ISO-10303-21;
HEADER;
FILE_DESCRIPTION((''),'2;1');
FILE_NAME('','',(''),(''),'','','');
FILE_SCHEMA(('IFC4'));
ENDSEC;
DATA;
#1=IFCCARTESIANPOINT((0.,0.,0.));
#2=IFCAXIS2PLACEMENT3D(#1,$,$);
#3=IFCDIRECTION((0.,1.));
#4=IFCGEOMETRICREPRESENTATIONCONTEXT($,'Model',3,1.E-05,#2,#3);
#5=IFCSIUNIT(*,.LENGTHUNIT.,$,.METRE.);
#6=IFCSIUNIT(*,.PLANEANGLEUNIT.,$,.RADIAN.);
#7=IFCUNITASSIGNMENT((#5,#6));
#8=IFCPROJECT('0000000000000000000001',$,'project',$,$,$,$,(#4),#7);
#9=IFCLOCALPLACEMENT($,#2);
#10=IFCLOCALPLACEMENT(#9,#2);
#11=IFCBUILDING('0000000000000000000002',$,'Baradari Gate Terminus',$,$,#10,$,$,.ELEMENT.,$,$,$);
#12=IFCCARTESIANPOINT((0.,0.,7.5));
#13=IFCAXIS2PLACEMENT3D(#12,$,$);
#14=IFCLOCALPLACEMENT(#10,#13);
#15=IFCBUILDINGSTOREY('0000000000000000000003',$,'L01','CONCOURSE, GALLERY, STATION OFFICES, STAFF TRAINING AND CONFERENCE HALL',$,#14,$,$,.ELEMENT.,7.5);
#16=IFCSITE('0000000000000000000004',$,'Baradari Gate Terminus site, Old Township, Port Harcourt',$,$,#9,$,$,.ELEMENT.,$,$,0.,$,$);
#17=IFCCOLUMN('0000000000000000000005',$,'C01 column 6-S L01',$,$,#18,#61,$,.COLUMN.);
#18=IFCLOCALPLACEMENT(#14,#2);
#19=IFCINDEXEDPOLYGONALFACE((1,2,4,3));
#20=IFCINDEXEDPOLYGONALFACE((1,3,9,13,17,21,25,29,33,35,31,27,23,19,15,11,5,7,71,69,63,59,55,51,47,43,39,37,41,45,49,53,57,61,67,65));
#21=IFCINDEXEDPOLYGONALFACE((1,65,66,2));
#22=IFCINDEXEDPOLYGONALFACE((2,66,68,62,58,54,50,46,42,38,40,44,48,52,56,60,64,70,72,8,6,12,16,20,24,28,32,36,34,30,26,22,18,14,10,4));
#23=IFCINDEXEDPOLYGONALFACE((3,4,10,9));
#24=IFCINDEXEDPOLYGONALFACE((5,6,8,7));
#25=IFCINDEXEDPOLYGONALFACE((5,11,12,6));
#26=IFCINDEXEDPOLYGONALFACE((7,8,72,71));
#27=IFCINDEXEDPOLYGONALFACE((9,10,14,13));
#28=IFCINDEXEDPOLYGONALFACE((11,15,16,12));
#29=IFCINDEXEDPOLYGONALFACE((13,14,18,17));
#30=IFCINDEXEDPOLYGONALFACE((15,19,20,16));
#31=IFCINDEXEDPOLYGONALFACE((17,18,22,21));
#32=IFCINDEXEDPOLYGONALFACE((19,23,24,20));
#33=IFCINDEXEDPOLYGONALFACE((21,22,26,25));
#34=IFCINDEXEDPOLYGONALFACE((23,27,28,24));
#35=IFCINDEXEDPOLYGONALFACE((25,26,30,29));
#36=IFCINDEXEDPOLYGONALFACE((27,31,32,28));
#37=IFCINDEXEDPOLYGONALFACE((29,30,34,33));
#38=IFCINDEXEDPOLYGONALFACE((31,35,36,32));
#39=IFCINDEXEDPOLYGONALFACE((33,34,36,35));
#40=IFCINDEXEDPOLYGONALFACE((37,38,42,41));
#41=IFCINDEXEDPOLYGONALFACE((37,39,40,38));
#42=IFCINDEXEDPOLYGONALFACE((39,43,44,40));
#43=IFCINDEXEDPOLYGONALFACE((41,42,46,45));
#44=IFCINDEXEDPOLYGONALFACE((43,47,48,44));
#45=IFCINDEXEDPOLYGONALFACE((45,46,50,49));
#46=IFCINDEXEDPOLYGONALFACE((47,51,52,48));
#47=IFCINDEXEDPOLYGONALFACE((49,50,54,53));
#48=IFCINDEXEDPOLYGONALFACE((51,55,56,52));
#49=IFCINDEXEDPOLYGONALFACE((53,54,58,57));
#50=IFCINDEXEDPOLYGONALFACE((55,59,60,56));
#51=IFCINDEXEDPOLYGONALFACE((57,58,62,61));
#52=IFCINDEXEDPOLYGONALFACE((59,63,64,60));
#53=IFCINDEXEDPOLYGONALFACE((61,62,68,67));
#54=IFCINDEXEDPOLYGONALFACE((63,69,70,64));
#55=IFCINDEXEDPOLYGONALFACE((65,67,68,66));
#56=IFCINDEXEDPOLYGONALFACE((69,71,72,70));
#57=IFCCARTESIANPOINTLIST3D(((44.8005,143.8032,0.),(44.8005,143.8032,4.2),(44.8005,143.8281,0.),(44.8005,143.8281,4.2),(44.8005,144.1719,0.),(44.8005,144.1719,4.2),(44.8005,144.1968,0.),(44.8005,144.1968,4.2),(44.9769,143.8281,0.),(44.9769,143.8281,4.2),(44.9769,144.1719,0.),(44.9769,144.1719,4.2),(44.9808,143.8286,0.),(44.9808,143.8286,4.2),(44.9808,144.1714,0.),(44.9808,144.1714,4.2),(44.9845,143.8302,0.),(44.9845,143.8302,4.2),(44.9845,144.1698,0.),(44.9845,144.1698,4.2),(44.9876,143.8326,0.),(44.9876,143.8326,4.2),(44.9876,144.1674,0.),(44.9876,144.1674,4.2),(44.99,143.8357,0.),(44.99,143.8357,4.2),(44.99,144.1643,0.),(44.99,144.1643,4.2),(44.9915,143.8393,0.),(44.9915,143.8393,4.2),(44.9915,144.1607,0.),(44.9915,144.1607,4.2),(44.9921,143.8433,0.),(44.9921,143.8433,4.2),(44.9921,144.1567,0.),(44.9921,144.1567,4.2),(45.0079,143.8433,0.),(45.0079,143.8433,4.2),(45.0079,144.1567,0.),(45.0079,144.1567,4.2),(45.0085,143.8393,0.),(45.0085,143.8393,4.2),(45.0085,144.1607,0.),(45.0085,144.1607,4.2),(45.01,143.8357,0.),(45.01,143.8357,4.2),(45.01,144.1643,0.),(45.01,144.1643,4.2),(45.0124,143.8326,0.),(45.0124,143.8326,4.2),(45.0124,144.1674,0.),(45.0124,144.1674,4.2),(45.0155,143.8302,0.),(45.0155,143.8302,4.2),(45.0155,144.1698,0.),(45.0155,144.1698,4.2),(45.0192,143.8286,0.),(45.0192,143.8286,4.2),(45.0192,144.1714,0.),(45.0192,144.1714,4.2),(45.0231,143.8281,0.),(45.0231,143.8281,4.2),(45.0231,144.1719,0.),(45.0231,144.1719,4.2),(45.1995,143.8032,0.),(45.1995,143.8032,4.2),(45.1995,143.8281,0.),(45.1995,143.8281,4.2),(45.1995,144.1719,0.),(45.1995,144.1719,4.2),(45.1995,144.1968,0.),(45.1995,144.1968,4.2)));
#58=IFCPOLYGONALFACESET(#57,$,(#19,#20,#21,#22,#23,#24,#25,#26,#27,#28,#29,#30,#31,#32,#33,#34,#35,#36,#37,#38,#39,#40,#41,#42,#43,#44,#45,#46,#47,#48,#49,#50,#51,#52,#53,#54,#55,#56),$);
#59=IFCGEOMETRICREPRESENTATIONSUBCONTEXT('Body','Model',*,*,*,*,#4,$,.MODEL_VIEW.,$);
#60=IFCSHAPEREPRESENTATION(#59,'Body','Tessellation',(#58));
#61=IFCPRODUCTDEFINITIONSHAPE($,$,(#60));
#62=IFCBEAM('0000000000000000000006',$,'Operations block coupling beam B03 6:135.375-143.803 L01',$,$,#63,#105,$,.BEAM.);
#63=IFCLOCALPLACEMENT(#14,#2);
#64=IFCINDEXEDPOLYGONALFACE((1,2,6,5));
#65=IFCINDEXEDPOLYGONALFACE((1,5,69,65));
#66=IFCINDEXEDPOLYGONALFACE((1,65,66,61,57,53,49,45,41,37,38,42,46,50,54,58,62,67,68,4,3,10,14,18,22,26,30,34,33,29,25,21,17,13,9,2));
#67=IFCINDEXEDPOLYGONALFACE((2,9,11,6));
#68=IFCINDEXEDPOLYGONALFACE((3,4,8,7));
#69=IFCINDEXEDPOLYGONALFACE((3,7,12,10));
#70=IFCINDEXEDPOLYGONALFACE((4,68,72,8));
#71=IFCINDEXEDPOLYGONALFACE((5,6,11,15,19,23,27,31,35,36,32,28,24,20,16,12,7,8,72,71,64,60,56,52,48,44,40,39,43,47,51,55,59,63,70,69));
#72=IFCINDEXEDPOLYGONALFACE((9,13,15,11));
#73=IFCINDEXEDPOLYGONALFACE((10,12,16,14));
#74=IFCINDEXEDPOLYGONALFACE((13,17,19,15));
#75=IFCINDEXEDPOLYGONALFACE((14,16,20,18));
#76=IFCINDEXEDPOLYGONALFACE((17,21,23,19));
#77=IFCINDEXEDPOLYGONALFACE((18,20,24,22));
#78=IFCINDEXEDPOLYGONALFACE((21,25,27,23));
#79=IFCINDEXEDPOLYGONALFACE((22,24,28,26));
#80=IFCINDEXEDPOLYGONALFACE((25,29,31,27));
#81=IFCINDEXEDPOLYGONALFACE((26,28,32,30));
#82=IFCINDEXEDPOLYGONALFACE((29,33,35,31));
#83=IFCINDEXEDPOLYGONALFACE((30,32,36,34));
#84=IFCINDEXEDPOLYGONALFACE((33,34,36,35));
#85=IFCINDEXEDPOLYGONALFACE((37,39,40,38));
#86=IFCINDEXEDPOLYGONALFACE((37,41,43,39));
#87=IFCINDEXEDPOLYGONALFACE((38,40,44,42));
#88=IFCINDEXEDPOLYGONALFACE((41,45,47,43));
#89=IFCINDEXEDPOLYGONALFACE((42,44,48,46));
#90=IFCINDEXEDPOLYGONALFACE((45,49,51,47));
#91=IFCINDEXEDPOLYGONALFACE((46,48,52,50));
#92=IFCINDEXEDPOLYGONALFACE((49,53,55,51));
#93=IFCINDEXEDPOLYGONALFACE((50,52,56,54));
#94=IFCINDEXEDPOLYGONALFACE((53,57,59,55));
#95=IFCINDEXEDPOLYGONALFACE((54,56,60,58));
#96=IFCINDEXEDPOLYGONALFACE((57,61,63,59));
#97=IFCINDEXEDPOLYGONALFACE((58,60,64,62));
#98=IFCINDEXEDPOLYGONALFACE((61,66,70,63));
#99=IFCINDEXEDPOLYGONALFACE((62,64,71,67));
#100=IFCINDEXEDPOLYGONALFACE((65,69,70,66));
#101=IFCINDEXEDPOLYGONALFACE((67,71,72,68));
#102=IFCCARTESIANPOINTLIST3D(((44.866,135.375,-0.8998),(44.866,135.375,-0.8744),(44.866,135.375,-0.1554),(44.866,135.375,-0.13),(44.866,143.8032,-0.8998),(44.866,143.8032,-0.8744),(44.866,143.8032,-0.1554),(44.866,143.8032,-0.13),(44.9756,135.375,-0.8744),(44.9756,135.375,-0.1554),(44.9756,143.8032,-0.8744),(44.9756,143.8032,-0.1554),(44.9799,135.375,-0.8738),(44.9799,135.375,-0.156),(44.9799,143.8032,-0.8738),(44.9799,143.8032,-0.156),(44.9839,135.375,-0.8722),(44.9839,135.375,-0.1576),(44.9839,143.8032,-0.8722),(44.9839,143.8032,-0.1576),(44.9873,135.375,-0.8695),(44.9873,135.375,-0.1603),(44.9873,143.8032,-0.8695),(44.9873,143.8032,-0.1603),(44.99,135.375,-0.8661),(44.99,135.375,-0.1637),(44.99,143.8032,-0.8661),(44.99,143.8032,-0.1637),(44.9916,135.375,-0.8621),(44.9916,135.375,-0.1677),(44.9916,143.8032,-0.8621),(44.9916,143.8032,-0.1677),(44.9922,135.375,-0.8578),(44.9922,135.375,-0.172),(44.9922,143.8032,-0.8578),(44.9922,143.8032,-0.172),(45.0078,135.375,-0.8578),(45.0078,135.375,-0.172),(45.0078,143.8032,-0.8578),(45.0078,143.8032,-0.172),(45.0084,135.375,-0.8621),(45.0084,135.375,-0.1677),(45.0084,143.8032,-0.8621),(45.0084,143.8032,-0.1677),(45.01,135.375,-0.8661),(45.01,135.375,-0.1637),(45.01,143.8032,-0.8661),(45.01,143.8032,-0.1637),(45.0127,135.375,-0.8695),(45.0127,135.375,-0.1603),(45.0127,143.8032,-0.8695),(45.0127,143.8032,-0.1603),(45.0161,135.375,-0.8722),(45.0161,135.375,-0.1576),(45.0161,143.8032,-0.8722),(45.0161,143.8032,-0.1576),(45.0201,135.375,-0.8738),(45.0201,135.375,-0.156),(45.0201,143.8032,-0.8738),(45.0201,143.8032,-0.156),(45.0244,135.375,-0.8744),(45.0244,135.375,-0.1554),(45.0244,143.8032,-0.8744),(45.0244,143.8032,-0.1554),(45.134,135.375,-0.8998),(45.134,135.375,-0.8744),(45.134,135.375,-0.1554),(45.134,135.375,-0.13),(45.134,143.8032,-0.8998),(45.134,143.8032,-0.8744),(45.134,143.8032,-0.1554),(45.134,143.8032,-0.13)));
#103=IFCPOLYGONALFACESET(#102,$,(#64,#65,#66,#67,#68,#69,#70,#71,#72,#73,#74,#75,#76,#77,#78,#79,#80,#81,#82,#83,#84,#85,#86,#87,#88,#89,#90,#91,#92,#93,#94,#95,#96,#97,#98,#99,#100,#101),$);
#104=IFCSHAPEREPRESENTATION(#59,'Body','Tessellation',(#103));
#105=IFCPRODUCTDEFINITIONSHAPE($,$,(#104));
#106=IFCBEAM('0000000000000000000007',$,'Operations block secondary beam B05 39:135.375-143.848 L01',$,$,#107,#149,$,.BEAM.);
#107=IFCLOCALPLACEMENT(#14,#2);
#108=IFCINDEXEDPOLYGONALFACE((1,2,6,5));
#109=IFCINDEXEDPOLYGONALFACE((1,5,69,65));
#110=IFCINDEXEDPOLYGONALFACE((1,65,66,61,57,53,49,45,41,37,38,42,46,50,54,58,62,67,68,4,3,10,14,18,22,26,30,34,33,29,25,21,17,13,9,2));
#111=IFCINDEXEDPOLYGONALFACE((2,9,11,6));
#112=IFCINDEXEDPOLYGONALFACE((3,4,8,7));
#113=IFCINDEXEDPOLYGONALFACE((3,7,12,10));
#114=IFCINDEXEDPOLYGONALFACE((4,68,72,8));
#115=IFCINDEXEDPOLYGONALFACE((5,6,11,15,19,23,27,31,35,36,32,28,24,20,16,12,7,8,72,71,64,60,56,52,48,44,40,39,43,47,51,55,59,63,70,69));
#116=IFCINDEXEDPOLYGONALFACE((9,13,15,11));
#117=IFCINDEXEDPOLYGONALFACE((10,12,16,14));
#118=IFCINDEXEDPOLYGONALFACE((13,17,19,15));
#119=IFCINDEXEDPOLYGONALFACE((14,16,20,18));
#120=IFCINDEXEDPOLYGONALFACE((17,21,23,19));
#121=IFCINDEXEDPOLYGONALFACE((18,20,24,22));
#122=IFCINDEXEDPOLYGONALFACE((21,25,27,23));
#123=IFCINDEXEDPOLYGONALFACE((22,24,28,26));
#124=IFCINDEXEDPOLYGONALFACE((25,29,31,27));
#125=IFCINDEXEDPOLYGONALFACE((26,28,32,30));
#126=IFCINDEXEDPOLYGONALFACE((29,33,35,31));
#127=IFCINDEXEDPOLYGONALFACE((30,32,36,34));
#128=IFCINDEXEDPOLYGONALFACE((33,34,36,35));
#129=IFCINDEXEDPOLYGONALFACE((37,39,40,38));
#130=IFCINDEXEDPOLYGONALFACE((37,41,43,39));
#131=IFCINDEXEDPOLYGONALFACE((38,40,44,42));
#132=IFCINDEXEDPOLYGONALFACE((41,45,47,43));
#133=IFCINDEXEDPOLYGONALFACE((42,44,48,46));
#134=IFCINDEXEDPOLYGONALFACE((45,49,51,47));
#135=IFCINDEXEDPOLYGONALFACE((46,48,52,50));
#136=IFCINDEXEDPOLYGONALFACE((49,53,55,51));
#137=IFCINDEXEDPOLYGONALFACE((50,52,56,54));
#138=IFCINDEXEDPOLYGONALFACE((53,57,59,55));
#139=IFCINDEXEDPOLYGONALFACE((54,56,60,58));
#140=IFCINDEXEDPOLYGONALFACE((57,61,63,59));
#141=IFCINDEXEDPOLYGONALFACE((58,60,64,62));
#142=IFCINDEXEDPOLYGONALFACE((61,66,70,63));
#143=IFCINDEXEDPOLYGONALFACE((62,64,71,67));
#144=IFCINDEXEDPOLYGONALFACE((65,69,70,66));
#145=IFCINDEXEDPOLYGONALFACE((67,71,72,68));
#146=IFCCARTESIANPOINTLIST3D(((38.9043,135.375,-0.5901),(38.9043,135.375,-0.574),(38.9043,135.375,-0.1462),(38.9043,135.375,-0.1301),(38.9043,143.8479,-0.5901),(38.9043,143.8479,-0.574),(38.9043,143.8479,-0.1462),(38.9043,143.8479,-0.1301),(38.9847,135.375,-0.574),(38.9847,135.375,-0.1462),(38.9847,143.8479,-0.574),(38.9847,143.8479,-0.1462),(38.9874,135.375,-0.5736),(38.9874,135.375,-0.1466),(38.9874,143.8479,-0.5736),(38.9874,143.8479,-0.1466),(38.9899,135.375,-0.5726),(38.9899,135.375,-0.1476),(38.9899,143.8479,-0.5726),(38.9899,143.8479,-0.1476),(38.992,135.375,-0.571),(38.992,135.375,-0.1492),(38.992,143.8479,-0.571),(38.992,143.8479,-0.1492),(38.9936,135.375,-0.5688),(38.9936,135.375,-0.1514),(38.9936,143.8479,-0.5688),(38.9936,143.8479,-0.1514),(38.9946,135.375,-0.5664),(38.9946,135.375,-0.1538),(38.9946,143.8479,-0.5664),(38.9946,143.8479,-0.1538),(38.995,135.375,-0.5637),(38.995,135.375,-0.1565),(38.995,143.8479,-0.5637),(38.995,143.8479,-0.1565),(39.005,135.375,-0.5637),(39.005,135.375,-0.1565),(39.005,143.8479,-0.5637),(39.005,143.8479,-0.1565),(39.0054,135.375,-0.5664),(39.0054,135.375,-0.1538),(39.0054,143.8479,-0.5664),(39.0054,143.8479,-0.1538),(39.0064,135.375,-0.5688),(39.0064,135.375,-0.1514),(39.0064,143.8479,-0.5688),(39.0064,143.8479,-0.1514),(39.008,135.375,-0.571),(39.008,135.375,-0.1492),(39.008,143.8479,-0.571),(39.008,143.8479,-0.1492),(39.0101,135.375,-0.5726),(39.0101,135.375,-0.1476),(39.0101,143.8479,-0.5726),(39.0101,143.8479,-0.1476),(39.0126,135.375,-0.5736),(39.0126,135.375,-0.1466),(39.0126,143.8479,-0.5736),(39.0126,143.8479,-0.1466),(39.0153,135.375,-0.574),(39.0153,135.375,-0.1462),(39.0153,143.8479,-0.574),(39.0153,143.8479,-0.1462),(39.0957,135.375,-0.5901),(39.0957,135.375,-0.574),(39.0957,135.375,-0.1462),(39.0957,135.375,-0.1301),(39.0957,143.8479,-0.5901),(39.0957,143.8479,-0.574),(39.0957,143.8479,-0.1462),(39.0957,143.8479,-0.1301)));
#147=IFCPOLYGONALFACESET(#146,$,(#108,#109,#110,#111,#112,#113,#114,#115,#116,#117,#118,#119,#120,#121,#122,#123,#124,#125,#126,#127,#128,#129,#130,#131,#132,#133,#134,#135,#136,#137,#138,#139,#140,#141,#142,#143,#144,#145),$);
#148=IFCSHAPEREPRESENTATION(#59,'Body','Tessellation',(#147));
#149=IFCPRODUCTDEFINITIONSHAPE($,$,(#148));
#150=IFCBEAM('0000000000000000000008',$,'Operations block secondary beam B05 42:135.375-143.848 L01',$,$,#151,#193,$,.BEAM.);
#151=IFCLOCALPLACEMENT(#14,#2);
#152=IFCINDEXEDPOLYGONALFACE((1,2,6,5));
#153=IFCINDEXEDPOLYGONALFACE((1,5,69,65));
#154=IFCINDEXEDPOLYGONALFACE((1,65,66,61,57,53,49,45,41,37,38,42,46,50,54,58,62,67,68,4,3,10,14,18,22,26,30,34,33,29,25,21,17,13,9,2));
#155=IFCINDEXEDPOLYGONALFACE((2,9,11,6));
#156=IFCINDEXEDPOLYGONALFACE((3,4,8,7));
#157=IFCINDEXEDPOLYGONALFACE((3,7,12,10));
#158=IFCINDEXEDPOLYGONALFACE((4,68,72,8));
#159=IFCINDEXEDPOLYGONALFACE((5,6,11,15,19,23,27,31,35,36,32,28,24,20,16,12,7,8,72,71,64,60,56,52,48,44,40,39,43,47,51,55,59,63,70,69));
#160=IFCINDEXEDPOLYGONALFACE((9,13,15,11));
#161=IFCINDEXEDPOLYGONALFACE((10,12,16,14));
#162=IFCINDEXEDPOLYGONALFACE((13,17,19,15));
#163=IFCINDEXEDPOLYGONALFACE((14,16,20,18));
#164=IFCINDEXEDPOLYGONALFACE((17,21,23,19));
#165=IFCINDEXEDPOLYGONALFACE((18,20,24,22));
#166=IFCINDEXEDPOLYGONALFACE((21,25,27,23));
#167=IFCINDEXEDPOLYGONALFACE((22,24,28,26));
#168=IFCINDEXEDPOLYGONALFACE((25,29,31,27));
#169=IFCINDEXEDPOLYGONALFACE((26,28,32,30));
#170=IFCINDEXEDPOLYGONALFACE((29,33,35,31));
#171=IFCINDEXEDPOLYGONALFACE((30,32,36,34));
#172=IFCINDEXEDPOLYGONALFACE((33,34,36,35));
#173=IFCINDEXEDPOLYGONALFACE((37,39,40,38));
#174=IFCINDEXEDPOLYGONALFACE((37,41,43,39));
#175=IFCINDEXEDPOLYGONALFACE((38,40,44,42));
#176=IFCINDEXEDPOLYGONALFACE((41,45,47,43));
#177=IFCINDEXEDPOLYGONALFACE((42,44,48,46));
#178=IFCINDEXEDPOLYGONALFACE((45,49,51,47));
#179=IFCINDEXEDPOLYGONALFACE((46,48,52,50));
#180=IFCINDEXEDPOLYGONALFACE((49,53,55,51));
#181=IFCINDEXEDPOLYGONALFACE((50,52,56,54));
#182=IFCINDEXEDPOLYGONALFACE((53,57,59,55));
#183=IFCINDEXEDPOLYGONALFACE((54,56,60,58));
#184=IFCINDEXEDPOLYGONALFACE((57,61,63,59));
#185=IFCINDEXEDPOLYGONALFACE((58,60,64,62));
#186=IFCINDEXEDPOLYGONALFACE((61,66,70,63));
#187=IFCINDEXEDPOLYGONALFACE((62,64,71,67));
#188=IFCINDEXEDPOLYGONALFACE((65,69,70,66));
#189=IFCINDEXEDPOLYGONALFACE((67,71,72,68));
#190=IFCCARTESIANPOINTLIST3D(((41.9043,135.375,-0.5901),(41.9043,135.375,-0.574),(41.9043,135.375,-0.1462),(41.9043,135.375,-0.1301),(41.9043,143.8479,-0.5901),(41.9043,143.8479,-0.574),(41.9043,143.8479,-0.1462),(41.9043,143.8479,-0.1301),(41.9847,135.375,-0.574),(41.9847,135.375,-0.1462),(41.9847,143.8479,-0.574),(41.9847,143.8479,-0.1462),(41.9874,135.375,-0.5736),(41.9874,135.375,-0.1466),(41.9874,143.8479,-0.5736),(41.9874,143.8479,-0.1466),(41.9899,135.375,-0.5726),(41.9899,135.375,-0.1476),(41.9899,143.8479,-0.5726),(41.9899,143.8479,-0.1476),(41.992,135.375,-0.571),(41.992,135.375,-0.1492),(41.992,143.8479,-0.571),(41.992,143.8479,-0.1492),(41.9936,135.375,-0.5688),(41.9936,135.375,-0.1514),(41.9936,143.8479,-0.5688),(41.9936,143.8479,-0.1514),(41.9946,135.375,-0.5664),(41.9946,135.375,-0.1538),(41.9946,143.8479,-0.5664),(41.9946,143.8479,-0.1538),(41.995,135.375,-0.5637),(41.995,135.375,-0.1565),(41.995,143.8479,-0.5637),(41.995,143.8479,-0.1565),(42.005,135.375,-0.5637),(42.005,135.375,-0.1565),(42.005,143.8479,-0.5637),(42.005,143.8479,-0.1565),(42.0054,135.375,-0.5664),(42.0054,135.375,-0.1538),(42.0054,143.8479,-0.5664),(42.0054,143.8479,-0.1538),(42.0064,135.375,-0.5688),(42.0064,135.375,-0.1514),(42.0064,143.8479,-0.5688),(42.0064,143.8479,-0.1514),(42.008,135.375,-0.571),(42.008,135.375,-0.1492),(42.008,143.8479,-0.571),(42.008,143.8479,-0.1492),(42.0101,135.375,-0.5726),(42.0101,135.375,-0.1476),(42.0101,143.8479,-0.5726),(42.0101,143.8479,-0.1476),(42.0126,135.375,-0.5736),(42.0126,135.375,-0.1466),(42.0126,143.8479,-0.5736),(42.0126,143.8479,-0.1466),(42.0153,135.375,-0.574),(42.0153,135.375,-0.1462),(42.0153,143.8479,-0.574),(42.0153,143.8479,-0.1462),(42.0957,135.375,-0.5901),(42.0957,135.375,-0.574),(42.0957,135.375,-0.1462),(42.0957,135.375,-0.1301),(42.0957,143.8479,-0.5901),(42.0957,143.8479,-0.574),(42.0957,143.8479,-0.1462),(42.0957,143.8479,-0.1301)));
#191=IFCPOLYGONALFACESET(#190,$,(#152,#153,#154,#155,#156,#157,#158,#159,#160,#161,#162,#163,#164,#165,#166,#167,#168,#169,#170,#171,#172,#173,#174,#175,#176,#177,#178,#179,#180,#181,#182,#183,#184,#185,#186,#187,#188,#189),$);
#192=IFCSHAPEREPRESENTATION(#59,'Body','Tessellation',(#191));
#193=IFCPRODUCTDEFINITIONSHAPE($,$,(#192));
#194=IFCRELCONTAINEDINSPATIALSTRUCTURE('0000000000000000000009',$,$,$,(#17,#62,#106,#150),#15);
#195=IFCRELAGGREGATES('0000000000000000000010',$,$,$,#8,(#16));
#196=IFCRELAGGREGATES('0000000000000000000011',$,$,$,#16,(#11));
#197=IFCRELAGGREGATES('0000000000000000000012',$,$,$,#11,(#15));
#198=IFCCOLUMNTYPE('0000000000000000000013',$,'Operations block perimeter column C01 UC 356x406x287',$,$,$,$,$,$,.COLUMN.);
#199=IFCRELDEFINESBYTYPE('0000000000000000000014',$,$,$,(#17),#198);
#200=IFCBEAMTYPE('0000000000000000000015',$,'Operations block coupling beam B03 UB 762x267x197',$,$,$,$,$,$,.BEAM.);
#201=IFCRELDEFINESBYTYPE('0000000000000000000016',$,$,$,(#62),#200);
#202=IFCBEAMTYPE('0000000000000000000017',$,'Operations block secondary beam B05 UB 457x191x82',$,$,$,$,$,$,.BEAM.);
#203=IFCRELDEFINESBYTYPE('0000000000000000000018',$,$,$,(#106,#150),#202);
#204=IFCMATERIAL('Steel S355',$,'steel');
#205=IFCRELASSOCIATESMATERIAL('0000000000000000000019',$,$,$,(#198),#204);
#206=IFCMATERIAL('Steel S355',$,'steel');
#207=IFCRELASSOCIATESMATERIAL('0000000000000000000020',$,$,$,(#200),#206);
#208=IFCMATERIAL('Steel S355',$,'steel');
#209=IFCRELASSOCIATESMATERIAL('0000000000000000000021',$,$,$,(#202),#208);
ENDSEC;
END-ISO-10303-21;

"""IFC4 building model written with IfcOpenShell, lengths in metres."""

from ifc_helpers import new_model, si_unit, direction, frame, origin, origin_2d, place, context, subcontext, project, spatial, i_section, extrude, material, material_profile, profile_set, type_object, element, save


model = new_model("IFC4")

# Units and contexts
model_context = context("Model", 3, precision=1e-05, world=origin(), true_north=direction((0.0, 1.0)))
body_context = subcontext(model_context, "Body", "Model", "MODEL_VIEW")
ifc_project = project(units=[si_unit("LENGTHUNIT", "METRE"), si_unit("PLANEANGLEUNIT", "RADIAN")], contexts=[model_context])

# Site, building, storey
site_placement = place(None, origin())
site = spatial("IfcSite", under=ifc_project, at=site_placement, Name="Baradari Gate Terminus site, Old Township, Port Harcourt", CompositionType="ELEMENT", RefElevation=0.0)
building_placement = place(site_placement, origin())
building = spatial("IfcBuilding", under=site, at=building_placement, Name="Baradari Gate Terminus", CompositionType="ELEMENT")
storey_placement = place(building_placement, frame((0.0, 0.0, 7.5)))
storey = spatial("IfcBuildingStorey", under=building, at=storey_placement, Name="L01", Description="CONCOURSE, GALLERY, STATION OFFICES, STAFF TRAINING AND CONFERENCE HALL", CompositionType="ELEMENT", Elevation=7.5)

# Column
ifc_material_1 = material(Name="Steel S355", Category="steel")
ifc_material_profile_1 = material_profile(ifc_material_1, i_section(OverallWidth=0.3989, OverallDepth=0.3936, WebThickness=0.0159, FlangeThickness=0.0249, FilletRadius=0.0151, at=origin_2d()), Name="UC 356x406x287")
ifc_profile_set_1 = profile_set([ifc_material_profile_1], Name="Steel S355")
column_type = type_object("IfcColumnType", Name="Operations block perimeter column C01 UC 356x406x287", PredefinedType="COLUMN", material=ifc_profile_set_1)
column_placement = place(storey_placement, frame((45.0, 144.0, 0.0), z_axis=(0.0, 0.0, 1.0), x_axis=(1.0, 0.0, 0.0)))
element("IfcColumn", 1, at=column_placement, inside=storey, type_object=column_type, Name="C01 column 6-S L01", PredefinedType="COLUMN", context=body_context, shape_type="SweptSolid", body=[
    extrude(i_section(OverallWidth=0.3989, OverallDepth=0.3936, WebThickness=0.0159, FlangeThickness=0.0249, FilletRadius=0.0151, at=origin_2d()), origin(), (0.0, 0.0, 1.0), 4.2),
])

# Beams
ifc_material_2 = material(Name="Steel S355", Category="steel")
ifc_material_profile_2 = material_profile(ifc_material_2, i_section(OverallWidth=0.2681, OverallDepth=0.7698, WebThickness=0.0156, FlangeThickness=0.0254, FilletRadius=0.0166, at=origin_2d()), Name="UB 762x267x197")
ifc_profile_set_2 = profile_set([ifc_material_profile_2], Name="Steel S355")
beam_type_1 = type_object("IfcBeamType", Name="Operations block coupling beam B03 UB 762x267x197", PredefinedType="BEAM", material=ifc_profile_set_2)
beam_placement = place(storey_placement, frame((45.0, 135.375, -0.5149), z_axis=(0.0, 1.0, 0.0), x_axis=(-1.0, 0.0, 0.0)))
element("IfcBeam", 2, at=beam_placement, inside=storey, type_object=beam_type_1, Name="Operations block coupling beam B03 6:135.375-143.803 L01", PredefinedType="BEAM", context=body_context, shape_type="SweptSolid", body=[
    extrude(i_section(OverallWidth=0.2681, OverallDepth=0.7698, WebThickness=0.0156, FlangeThickness=0.0254, FilletRadius=0.0166, at=origin_2d()), origin(), (0.0, 0.0, 1.0), 8.4282),
])
ifc_material_3 = material(Name="Steel S355", Category="steel")
ifc_material_profile_3 = material_profile(ifc_material_3, i_section(OverallWidth=0.1914, OverallDepth=0.46, WebThickness=0.01, FlangeThickness=0.0161, FilletRadius=0.0103, at=origin_2d()), Name="UB 457x191x82")
ifc_profile_set_3 = profile_set([ifc_material_profile_3], Name="Steel S355")
beam_type_2 = type_object("IfcBeamType", Name="Operations block secondary beam B05 UB 457x191x82", PredefinedType="BEAM", material=ifc_profile_set_3)
for number, where, z_axis, x_axis, name in (
    (3, (39.0, 135.375, -0.3601), (0.0, 1.0, 0.0), (-1.0, 0.0, 0.0), "Operations block secondary beam B05 39:135.375-143.848 L01"),
    (4, (42.0, 135.375, -0.3601), (0.0, 1.0, 0.0), (-1.0, 0.0, 0.0), "Operations block secondary beam B05 42:135.375-143.848 L01"),
):
    element("IfcBeam", number, at=place(storey_placement, frame(where, z_axis=z_axis, x_axis=x_axis)), inside=storey, type_object=beam_type_2, Name=name, PredefinedType="BEAM", context=body_context, shape_type="SweptSolid", body=[
        extrude(i_section(OverallWidth=0.1914, OverallDepth=0.46, WebThickness=0.01, FlangeThickness=0.0161, FilletRadius=0.0103, at=origin_2d()), origin(), (0.0, 0.0, 1.0), 8.4729),
    ])

save(model, "model.ifc")
